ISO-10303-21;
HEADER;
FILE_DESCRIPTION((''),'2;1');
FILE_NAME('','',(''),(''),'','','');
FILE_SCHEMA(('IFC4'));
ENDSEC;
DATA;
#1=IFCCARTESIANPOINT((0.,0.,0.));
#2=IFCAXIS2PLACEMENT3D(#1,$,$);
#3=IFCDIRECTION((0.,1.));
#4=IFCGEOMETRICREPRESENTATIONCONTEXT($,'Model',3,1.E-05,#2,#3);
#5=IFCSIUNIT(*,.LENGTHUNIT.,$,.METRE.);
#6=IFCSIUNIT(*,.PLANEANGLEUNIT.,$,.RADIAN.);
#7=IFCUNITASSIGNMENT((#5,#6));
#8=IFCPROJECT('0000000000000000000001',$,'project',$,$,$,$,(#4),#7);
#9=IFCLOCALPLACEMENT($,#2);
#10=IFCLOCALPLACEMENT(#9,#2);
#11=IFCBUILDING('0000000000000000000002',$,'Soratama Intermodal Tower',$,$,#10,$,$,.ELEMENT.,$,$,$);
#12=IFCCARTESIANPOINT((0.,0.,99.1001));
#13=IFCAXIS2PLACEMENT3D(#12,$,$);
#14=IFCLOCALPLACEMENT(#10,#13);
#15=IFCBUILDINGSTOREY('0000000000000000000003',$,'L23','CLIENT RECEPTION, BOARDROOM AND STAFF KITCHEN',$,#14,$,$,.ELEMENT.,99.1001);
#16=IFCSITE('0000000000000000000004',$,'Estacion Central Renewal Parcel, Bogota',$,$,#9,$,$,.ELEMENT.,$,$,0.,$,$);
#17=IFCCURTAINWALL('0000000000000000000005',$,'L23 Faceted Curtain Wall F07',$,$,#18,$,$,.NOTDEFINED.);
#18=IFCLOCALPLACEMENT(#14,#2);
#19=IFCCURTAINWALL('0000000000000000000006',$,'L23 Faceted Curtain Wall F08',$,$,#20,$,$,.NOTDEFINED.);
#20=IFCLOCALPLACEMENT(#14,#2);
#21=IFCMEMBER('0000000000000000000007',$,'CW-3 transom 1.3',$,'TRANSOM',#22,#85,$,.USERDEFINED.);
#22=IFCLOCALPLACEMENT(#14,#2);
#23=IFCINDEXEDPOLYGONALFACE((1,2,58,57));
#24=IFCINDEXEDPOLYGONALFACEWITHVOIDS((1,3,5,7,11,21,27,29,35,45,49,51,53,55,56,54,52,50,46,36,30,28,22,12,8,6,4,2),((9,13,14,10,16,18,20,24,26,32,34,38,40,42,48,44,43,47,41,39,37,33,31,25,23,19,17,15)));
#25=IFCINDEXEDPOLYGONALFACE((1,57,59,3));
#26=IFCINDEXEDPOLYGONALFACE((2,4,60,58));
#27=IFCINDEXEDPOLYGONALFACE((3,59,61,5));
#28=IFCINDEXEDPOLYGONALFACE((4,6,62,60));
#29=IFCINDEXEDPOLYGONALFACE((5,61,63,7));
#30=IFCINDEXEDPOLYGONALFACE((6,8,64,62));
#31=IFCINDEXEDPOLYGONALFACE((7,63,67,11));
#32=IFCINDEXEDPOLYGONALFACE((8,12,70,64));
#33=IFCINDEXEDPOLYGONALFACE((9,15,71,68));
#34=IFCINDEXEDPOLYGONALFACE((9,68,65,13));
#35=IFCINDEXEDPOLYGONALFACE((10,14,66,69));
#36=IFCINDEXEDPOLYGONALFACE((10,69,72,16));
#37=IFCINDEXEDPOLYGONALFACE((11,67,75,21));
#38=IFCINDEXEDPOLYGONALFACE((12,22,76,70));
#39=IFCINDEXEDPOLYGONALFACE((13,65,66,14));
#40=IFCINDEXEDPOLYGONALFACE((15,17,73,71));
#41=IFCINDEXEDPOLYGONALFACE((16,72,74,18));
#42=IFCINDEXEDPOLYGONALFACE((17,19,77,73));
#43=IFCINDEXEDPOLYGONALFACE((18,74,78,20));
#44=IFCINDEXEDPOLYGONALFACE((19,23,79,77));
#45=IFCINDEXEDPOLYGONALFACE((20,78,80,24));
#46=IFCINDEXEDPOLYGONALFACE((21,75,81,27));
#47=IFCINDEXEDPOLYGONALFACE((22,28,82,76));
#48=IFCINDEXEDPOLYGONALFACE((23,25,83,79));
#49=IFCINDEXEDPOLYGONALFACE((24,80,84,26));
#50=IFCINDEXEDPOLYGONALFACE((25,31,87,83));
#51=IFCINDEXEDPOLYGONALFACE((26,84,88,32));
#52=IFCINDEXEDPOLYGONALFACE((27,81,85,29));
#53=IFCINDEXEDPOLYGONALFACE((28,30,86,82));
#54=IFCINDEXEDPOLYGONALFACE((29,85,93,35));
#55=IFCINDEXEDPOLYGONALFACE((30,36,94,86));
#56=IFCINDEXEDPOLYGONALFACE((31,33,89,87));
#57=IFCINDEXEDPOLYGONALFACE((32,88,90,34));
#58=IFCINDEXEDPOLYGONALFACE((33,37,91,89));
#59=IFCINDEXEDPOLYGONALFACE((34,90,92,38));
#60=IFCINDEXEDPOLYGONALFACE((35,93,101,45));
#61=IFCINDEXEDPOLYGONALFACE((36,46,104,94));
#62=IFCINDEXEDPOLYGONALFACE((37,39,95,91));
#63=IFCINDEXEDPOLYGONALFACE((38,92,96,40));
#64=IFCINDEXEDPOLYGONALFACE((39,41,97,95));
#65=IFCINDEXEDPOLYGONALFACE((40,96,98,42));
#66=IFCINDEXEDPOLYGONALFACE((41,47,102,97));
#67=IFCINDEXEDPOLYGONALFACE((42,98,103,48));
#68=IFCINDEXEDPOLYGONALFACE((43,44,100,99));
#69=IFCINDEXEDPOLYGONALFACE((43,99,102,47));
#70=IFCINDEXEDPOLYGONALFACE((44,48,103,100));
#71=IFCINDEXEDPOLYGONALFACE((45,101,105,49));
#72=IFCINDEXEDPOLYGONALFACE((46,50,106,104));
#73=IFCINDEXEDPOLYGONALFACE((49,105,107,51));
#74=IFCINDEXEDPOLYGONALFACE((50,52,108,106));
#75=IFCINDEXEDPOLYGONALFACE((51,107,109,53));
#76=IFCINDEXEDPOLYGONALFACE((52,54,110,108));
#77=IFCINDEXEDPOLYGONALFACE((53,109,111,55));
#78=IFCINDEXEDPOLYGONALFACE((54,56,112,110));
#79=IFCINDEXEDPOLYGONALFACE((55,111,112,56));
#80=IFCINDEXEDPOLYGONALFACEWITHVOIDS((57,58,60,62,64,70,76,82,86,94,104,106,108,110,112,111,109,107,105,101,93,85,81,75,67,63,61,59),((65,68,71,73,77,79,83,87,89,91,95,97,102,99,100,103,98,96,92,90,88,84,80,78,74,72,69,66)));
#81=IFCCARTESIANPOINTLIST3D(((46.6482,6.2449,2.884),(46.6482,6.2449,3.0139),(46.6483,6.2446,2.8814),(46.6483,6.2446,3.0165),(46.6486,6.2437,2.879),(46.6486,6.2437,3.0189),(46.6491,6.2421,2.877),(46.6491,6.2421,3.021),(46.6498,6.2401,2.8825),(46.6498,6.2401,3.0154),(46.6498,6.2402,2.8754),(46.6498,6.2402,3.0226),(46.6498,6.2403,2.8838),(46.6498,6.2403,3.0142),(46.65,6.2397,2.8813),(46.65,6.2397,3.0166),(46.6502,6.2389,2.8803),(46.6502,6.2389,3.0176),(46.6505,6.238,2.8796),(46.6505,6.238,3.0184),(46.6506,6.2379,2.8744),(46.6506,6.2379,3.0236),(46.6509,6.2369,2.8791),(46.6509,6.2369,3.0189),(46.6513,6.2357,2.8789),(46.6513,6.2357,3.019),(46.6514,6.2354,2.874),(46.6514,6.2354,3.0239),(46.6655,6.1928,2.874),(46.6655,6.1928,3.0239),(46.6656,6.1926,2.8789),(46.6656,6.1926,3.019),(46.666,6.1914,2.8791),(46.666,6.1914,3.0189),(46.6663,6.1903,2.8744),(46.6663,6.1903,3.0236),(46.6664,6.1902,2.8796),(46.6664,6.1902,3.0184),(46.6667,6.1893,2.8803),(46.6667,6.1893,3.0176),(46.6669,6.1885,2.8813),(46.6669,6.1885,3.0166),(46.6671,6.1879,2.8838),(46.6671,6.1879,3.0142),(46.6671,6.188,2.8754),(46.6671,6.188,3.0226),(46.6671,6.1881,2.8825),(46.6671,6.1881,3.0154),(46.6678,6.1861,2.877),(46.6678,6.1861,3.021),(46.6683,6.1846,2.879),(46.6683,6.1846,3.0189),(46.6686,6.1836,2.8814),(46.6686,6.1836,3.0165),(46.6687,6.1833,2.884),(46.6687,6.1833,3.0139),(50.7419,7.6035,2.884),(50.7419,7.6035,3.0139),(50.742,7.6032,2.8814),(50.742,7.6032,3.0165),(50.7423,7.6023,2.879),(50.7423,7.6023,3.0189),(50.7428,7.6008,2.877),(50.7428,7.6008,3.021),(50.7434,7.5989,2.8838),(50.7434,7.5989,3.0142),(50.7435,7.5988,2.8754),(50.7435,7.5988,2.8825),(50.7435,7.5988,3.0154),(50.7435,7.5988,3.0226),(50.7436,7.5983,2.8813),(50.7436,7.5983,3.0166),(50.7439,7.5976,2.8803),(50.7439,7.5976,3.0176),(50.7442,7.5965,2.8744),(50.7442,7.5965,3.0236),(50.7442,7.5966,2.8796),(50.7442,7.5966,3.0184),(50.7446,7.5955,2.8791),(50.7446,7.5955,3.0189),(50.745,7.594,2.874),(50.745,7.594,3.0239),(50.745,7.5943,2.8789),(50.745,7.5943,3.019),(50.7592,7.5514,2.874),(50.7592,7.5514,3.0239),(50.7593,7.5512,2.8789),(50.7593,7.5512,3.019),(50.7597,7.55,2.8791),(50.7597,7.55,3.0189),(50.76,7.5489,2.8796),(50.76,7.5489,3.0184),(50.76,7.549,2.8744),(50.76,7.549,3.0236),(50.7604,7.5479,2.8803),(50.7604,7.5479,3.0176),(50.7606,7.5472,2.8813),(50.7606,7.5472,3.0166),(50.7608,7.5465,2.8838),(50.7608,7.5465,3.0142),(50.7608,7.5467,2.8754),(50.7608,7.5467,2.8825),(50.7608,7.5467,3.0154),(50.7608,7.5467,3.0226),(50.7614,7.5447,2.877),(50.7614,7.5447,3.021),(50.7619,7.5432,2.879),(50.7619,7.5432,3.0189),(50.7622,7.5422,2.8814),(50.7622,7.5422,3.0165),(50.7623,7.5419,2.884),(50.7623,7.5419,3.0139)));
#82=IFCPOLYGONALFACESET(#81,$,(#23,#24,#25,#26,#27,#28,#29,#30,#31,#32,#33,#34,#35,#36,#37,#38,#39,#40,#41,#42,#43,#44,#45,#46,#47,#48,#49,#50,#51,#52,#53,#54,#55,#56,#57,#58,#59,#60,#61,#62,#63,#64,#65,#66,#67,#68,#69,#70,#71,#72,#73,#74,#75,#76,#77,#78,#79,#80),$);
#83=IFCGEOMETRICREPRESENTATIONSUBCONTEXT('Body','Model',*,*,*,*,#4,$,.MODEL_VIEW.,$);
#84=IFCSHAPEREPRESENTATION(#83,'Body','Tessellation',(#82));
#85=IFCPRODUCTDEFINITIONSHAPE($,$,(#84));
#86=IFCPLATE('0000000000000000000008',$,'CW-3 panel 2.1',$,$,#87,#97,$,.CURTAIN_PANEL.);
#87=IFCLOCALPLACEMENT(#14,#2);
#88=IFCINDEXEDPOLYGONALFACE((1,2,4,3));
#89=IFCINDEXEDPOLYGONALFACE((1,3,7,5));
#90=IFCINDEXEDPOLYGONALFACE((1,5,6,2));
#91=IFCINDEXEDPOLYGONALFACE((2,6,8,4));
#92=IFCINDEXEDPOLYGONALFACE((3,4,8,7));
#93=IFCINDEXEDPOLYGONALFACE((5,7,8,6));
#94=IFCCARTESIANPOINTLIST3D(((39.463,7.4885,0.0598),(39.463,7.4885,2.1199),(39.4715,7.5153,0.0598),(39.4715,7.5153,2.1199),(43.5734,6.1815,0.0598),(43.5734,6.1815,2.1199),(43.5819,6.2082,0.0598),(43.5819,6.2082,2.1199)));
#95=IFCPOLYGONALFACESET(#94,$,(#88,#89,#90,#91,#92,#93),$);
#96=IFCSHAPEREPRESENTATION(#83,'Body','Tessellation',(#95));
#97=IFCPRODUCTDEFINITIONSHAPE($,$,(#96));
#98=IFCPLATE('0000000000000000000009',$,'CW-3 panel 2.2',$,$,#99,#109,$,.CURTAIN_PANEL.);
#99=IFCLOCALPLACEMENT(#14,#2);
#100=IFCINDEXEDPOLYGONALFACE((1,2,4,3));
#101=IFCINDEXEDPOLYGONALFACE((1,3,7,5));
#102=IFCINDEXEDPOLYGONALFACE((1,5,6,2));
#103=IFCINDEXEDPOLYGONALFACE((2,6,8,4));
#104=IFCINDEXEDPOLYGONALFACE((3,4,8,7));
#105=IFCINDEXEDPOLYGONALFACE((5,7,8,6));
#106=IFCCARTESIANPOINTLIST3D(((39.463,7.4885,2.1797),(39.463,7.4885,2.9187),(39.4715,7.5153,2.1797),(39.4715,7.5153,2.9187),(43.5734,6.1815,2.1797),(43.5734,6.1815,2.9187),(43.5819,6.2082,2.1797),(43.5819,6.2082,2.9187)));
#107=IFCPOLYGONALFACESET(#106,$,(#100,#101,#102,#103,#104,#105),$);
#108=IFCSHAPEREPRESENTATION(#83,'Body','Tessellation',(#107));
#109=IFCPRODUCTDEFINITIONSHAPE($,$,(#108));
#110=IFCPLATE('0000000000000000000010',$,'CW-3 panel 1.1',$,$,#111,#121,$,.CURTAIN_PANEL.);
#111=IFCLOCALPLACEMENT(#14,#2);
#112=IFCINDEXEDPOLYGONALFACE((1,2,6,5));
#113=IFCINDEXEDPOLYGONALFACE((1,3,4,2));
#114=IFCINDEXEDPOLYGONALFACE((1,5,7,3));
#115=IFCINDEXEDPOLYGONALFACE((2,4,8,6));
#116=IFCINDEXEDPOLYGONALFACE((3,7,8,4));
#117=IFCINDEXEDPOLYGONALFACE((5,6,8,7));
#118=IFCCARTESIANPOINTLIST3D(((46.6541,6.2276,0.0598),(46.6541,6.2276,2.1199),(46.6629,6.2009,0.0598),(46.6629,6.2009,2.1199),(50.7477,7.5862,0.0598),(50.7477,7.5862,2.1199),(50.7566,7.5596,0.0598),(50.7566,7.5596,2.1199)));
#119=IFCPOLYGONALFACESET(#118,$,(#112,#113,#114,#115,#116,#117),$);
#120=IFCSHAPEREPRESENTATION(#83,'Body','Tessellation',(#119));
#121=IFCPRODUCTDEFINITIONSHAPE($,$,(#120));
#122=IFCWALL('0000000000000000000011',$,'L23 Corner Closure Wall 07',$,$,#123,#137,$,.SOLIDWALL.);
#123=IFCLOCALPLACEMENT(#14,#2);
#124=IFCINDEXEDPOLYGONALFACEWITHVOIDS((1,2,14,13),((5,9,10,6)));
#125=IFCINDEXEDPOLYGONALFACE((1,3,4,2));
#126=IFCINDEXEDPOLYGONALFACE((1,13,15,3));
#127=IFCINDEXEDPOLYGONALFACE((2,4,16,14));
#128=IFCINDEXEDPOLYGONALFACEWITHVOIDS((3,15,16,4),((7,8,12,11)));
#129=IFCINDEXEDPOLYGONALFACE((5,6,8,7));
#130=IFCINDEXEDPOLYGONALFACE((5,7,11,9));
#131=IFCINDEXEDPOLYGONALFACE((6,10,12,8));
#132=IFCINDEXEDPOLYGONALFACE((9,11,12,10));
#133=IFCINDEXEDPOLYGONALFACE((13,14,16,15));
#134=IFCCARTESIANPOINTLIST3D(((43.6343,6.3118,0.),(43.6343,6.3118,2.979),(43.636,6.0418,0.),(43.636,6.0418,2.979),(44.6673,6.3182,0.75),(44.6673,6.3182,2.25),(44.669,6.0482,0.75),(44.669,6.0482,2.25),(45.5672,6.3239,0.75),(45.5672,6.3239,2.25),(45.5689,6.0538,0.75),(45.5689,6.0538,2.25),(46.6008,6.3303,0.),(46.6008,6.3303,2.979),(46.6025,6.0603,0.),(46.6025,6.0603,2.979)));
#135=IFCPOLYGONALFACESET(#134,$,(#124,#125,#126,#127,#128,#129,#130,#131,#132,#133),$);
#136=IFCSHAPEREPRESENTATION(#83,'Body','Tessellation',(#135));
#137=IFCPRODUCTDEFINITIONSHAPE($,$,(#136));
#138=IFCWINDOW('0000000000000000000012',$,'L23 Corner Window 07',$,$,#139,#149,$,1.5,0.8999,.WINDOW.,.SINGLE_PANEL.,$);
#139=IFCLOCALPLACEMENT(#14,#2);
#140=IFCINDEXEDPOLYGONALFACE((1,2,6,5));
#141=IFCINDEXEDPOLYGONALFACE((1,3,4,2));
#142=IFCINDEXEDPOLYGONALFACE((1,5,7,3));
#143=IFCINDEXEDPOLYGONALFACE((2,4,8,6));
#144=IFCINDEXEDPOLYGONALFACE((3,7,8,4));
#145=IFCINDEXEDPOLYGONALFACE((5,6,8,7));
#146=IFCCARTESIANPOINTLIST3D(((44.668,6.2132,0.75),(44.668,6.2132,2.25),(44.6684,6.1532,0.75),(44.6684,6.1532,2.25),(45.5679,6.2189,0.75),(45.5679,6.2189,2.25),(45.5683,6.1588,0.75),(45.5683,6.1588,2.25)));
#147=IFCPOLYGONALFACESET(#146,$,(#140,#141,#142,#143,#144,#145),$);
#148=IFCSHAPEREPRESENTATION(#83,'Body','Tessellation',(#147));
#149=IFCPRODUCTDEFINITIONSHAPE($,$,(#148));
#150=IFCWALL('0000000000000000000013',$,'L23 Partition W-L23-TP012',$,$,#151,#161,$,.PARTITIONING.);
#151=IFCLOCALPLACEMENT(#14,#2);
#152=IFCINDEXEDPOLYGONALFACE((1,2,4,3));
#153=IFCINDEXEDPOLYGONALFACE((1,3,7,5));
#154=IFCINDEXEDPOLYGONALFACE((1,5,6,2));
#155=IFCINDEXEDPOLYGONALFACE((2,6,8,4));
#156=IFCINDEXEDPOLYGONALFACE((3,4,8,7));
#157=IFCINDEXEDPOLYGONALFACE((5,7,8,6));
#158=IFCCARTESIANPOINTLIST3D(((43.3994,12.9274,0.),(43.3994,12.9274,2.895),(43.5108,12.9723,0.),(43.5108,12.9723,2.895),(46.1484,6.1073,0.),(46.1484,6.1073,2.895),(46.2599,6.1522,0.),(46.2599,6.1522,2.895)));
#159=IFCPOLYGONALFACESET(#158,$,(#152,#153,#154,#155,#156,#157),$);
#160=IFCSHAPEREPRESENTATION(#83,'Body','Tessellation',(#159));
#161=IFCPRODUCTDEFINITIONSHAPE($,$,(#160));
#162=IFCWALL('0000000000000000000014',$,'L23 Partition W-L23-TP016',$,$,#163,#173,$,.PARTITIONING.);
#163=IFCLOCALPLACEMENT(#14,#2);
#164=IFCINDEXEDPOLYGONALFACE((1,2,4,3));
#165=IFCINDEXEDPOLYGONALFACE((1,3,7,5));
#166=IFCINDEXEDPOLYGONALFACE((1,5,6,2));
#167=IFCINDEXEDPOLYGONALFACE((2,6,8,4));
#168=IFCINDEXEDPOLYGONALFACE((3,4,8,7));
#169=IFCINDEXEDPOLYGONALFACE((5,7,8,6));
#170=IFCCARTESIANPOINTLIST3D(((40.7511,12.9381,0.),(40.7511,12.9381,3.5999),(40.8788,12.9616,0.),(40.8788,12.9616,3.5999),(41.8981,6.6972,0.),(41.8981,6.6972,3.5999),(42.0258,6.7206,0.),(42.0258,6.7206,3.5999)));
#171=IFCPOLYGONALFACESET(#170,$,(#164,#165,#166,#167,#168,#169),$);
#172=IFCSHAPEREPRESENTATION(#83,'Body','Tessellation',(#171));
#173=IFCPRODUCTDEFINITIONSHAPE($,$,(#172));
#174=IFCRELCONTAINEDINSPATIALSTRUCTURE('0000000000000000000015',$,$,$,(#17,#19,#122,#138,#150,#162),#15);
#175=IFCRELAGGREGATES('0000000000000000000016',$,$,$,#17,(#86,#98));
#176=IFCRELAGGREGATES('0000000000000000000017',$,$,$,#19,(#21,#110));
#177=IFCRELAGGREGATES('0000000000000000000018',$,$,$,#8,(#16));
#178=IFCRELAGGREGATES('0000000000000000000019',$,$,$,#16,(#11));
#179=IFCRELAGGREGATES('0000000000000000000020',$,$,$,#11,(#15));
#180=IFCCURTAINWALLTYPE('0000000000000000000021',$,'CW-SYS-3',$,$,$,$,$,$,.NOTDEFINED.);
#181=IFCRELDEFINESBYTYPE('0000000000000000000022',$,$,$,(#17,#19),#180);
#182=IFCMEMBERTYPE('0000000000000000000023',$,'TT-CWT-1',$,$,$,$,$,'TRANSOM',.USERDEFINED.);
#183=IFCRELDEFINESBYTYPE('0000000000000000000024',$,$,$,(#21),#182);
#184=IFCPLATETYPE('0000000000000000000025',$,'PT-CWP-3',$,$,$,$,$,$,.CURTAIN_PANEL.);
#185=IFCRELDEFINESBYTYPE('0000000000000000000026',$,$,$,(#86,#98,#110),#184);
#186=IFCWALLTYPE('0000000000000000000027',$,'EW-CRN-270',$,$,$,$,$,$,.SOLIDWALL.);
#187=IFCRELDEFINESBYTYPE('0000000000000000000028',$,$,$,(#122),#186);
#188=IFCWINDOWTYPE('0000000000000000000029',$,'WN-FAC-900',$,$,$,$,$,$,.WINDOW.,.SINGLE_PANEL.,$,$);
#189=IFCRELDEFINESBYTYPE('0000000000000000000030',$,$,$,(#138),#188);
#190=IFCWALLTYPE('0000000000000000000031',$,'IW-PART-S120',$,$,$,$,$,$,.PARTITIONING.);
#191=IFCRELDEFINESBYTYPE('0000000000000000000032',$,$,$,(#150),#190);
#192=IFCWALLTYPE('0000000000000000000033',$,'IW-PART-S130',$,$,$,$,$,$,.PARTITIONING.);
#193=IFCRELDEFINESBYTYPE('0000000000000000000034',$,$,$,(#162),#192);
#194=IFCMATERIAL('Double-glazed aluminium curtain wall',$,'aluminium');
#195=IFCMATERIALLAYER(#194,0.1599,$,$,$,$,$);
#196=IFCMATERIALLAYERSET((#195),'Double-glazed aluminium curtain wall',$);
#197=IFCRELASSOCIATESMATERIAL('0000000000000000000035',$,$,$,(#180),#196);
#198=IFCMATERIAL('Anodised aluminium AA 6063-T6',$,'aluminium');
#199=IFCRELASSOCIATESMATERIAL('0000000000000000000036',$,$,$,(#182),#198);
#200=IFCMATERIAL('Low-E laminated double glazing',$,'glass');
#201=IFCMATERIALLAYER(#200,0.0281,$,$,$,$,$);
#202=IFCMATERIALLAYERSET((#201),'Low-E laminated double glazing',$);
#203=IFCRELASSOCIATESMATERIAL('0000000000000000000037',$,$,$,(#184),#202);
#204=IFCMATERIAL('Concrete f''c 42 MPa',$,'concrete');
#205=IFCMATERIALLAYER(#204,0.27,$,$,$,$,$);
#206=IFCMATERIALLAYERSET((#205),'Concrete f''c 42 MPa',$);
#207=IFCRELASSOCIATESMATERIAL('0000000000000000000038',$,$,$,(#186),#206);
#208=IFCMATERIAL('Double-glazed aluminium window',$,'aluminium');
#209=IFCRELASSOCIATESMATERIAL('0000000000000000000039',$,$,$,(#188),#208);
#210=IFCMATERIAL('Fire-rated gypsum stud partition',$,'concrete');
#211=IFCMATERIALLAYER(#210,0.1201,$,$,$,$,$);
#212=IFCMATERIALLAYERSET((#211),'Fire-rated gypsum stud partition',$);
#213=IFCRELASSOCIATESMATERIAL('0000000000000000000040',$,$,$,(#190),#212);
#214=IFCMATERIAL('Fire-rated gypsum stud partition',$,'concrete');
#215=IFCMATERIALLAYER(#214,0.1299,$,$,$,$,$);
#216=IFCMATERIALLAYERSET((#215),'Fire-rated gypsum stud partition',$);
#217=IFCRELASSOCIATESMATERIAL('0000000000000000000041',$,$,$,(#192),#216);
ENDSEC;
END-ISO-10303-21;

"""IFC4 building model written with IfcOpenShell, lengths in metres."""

from ifc_helpers import new_model, si_unit, direction, frame, frame_2d, origin, origin_2d, place, context, subcontext, project, spatial, rectangle, hollow_rectangle, extrude, material, layer, layer_set, material_profile, profile_set, type_object, element, fill, aggregate, save


model = new_model("IFC4")

# Units and contexts
model_context = context("Model", 3, precision=1e-05, world=origin(), true_north=direction((0.0, 1.0)))
body_context = subcontext(model_context, "Body", "Model", "MODEL_VIEW")
ifc_project = project(units=[si_unit("LENGTHUNIT", "METRE"), si_unit("PLANEANGLEUNIT", "RADIAN")], contexts=[model_context])

# Site, building, storey
site_placement = place(None, origin())
site = spatial("IfcSite", under=ifc_project, at=site_placement, Name="Estacion Central Renewal Parcel, Bogota", CompositionType="ELEMENT", RefElevation=0.0)
building_placement = place(site_placement, origin())
building = spatial("IfcBuilding", under=site, at=building_placement, Name="Soratama Intermodal Tower", CompositionType="ELEMENT")
storey_placement = place(building_placement, frame((0.0, 0.0, 99.1001)))
storey = spatial("IfcBuildingStorey", under=building, at=storey_placement, Name="L23", Description="CLIENT RECEPTION, BOARDROOM AND STAFF KITCHEN", CompositionType="ELEMENT", Elevation=99.1001)

# Curtain wall
ifc_material_1 = material(Name="Double-glazed aluminium curtain wall", Category="aluminium")
ifc_layer_1 = layer(ifc_material_1, 0.1599)
ifc_layer_set_1 = layer_set([ifc_layer_1], Name="Double-glazed aluminium curtain wall")
curtain_wall_type = type_object("IfcCurtainWallType", Name="CW-SYS-3", PredefinedType="NOTDEFINED", material=ifc_layer_set_1)
curtain_wall_1_placement = place(storey_placement, origin())
curtain_wall_1 = element("IfcCurtainWall", 1, at=curtain_wall_1_placement, inside=storey, type_object=curtain_wall_type, Name="L23 Faceted Curtain Wall F07", PredefinedType="NOTDEFINED")

# Curtain wall, member
curtain_wall_2_placement = place(storey_placement, origin())
curtain_wall_2 = element("IfcCurtainWall", 2, at=curtain_wall_2_placement, inside=storey, type_object=curtain_wall_type, Name="L23 Faceted Curtain Wall F08", PredefinedType="NOTDEFINED")
ifc_material_2 = material(Name="Anodised aluminium AA 6063-T6", Category="aluminium")
ifc_material_profile_1 = material_profile(ifc_material_2, hollow_rectangle(XDim=0.0649, YDim=0.1499, WallThickness=0.0049, InnerFilletRadius=0.0049, OuterFilletRadius=0.01, at=origin_2d()), Name="CWT150X65X5")
ifc_profile_set_1 = profile_set([ifc_material_profile_1], Name="Anodised aluminium AA 6063-T6")
member_type_1 = type_object("IfcMemberType", Name="TT-CWT-1", ElementType="TRANSOM", PredefinedType="USERDEFINED", material=ifc_profile_set_1)
member_1_placement = place(storey_placement, frame((46.6584, 6.2141, 2.949), z_axis=(0.949096, 0.314988, 0.0), x_axis=(-0.314988, 0.949096, 0.0)))
member_1 = element("IfcMember", 3, at=member_1_placement, type_object=member_type_1, Name="CW-3 transom 1.3", ObjectType="TRANSOM", PredefinedType="USERDEFINED", context=body_context, shape_type="SweptSolid", body=[
    extrude(hollow_rectangle(XDim=0.0649, YDim=0.1499, WallThickness=0.0049, InnerFilletRadius=0.0049, OuterFilletRadius=0.01, at=origin_2d()), origin(), (0.0, 0.0, 1.0), 4.3132),
])

# Plates
ifc_material_3 = material(Name="Low-E laminated double glazing", Category="glass")
ifc_layer_2 = layer(ifc_material_3, 0.0281)
ifc_layer_set_2 = layer_set([ifc_layer_2], Name="Low-E laminated double glazing")
plate_type = type_object("IfcPlateType", Name="PT-CWP-3", PredefinedType="CURTAIN_PANEL", material=ifc_layer_set_2)
plate_1_placement = place(storey_placement, frame((41.5225, 6.8484, 0.0598), z_axis=(0.0, 0.0, 1.0), x_axis=(0.95298, -0.303034, 0.0)))
plate_1 = element("IfcPlate", 4, at=plate_1_placement, type_object=plate_type, Name="CW-3 panel 2.1", PredefinedType="CURTAIN_PANEL", context=body_context, shape_type="SweptSolid", body=[
    extrude(rectangle(XDim=4.3132, YDim=0.0281, at=origin_2d()), origin(), (0.0, 0.0, 1.0), 2.0601),
])
plate_2_placement = place(storey_placement, frame((41.5225, 6.8484, 2.1797), z_axis=(0.0, 0.0, 1.0), x_axis=(0.95298, -0.303034, 0.0)))
plate_2 = element("IfcPlate", 5, at=plate_2_placement, type_object=plate_type, Name="CW-3 panel 2.2", PredefinedType="CURTAIN_PANEL", context=body_context, shape_type="SweptSolid", body=[
    extrude(rectangle(XDim=4.3132, YDim=0.0281, at=origin_2d()), origin(), (0.0, 0.0, 1.0), 0.739),
])
aggregate(curtain_wall_1, [plate_1, plate_2])
plate_3_placement = place(storey_placement, frame((48.7053, 6.8936, 0.0598), z_axis=(0.0, 0.0, 1.0), x_axis=(0.949094, 0.314994, 0.0)))
plate_3 = element("IfcPlate", 6, at=plate_3_placement, type_object=plate_type, Name="CW-3 panel 1.1", PredefinedType="CURTAIN_PANEL", context=body_context, shape_type="SweptSolid", body=[
    extrude(rectangle(XDim=4.3132, YDim=0.0281, at=origin_2d()), origin(), (0.0, 0.0, 1.0), 2.0601),
])
aggregate(curtain_wall_2, [member_1, plate_3])

# Wall, opening, window
ifc_material_4 = material(Name="Concrete f'c 42 MPa", Category="concrete")
ifc_layer_3 = layer(ifc_material_4, 0.27)
ifc_layer_set_3 = layer_set([ifc_layer_3], Name="Concrete f'c 42 MPa")
wall_type_1 = type_object("IfcWallType", Name="EW-CRN-270", PredefinedType="SOLIDWALL", material=ifc_layer_set_3)
wall_1_placement = place(storey_placement, frame((43.635, 6.1768, 0.0), z_axis=(0.0, 0.0, 1.0), x_axis=(0.99998, 0.006255, 0.0)))
wall_1 = element("IfcWall", 7, at=wall_1_placement, inside=storey, type_object=wall_type_1, Name="L23 Corner Closure Wall 07", PredefinedType="SOLIDWALL", context=body_context, shape_type="SweptSolid", body=[
    extrude(rectangle(XDim=2.9666, YDim=0.27, at=frame_2d((1.4834, 0.0))), origin(), (0.0, 0.0, 1.0), 2.979),
])
opening_1_placement = place(wall_1_placement, frame((1.0332, 0.0, 0.75)))
opening_1 = element("IfcOpeningElement", 8, at=opening_1_placement, cuts=wall_1, PredefinedType="OPENING", context=body_context, shape_type="SweptSolid", body=[
    extrude(rectangle(XDim=0.8999, YDim=1.5, at=frame_2d((0.45, 0.75))), frame((0.0, 0.145, 0.0), z_axis=(0.0, -1.0, 0.0), x_axis=(1.0, 0.0, 0.0)), (0.0, 0.0, 1.0), 0.29),
])
ifc_material_5 = material(Name="Double-glazed aluminium window", Category="aluminium")
window_type = type_object("IfcWindowType", Name="WN-FAC-900", PartitioningType="SINGLE_PANEL", PredefinedType="WINDOW", material=ifc_material_5)
window_placement = place(opening_1_placement, origin())
window = element("IfcWindow", 9, at=window_placement, inside=storey, type_object=window_type, Name="L23 Corner Window 07", OverallHeight=1.5, OverallWidth=0.8999, PartitioningType="SINGLE_PANEL", PredefinedType="WINDOW", context=body_context, shape_type="SweptSolid", body=[
    extrude(rectangle(XDim=0.8999, YDim=1.5, at=frame_2d((0.45, 0.75))), frame((0.0, 0.03, 0.0), z_axis=(0.0, -1.0, 0.0), x_axis=(1.0, 0.0, 0.0)), (0.0, 0.0, 1.0), 0.0601),
])
fill(opening_1, window)

# Walls
ifc_material_6 = material(Name="Fire-rated gypsum stud partition", Category="concrete")
ifc_layer_4 = layer(ifc_material_6, 0.1201)
ifc_layer_set_4 = layer_set([ifc_layer_4], Name="Fire-rated gypsum stud partition")
wall_type_2 = type_object("IfcWallType", Name="IW-PART-S120", PredefinedType="PARTITIONING", material=ifc_layer_set_4)
wall_2_placement = place(storey_placement, frame((43.4551, 12.95, 0.0), z_axis=(0.0, 0.0, 1.0), x_axis=(0.373851, -0.927489, 0.0)))
element("IfcWall", 10, at=wall_2_placement, inside=storey, type_object=wall_type_2, Name="L23 Partition W-L23-TP012", PredefinedType="PARTITIONING", context=body_context, shape_type="SweptSolid", body=[
    extrude(rectangle(XDim=7.3533, YDim=0.1201, at=frame_2d((3.6768, 0.0))), origin(), (0.0, 0.0, 1.0), 2.895),
])
ifc_material_7 = material(Name="Fire-rated gypsum stud partition", Category="concrete")
ifc_layer_5 = layer(ifc_material_7, 0.1299)
ifc_layer_set_5 = layer_set([ifc_layer_5], Name="Fire-rated gypsum stud partition")
wall_type_3 = type_object("IfcWallType", Name="IW-PART-S130", PredefinedType="PARTITIONING", material=ifc_layer_set_5)
wall_3_placement = place(storey_placement, frame((40.8149, 12.95, 0.0), z_axis=(0.0, 0.0, 1.0), x_axis=(0.180754, -0.983528, 0.0)))
element("IfcWall", 11, at=wall_3_placement, inside=storey, type_object=wall_type_3, Name="L23 Partition W-L23-TP016", PredefinedType="PARTITIONING", context=body_context, shape_type="SweptSolid", body=[
    extrude(rectangle(XDim=6.3455, YDim=0.1299, at=frame_2d((3.1729, 0.0))), origin(), (0.0, 0.0, 1.0), 3.5999),
])

save(model, "model.ifc")
